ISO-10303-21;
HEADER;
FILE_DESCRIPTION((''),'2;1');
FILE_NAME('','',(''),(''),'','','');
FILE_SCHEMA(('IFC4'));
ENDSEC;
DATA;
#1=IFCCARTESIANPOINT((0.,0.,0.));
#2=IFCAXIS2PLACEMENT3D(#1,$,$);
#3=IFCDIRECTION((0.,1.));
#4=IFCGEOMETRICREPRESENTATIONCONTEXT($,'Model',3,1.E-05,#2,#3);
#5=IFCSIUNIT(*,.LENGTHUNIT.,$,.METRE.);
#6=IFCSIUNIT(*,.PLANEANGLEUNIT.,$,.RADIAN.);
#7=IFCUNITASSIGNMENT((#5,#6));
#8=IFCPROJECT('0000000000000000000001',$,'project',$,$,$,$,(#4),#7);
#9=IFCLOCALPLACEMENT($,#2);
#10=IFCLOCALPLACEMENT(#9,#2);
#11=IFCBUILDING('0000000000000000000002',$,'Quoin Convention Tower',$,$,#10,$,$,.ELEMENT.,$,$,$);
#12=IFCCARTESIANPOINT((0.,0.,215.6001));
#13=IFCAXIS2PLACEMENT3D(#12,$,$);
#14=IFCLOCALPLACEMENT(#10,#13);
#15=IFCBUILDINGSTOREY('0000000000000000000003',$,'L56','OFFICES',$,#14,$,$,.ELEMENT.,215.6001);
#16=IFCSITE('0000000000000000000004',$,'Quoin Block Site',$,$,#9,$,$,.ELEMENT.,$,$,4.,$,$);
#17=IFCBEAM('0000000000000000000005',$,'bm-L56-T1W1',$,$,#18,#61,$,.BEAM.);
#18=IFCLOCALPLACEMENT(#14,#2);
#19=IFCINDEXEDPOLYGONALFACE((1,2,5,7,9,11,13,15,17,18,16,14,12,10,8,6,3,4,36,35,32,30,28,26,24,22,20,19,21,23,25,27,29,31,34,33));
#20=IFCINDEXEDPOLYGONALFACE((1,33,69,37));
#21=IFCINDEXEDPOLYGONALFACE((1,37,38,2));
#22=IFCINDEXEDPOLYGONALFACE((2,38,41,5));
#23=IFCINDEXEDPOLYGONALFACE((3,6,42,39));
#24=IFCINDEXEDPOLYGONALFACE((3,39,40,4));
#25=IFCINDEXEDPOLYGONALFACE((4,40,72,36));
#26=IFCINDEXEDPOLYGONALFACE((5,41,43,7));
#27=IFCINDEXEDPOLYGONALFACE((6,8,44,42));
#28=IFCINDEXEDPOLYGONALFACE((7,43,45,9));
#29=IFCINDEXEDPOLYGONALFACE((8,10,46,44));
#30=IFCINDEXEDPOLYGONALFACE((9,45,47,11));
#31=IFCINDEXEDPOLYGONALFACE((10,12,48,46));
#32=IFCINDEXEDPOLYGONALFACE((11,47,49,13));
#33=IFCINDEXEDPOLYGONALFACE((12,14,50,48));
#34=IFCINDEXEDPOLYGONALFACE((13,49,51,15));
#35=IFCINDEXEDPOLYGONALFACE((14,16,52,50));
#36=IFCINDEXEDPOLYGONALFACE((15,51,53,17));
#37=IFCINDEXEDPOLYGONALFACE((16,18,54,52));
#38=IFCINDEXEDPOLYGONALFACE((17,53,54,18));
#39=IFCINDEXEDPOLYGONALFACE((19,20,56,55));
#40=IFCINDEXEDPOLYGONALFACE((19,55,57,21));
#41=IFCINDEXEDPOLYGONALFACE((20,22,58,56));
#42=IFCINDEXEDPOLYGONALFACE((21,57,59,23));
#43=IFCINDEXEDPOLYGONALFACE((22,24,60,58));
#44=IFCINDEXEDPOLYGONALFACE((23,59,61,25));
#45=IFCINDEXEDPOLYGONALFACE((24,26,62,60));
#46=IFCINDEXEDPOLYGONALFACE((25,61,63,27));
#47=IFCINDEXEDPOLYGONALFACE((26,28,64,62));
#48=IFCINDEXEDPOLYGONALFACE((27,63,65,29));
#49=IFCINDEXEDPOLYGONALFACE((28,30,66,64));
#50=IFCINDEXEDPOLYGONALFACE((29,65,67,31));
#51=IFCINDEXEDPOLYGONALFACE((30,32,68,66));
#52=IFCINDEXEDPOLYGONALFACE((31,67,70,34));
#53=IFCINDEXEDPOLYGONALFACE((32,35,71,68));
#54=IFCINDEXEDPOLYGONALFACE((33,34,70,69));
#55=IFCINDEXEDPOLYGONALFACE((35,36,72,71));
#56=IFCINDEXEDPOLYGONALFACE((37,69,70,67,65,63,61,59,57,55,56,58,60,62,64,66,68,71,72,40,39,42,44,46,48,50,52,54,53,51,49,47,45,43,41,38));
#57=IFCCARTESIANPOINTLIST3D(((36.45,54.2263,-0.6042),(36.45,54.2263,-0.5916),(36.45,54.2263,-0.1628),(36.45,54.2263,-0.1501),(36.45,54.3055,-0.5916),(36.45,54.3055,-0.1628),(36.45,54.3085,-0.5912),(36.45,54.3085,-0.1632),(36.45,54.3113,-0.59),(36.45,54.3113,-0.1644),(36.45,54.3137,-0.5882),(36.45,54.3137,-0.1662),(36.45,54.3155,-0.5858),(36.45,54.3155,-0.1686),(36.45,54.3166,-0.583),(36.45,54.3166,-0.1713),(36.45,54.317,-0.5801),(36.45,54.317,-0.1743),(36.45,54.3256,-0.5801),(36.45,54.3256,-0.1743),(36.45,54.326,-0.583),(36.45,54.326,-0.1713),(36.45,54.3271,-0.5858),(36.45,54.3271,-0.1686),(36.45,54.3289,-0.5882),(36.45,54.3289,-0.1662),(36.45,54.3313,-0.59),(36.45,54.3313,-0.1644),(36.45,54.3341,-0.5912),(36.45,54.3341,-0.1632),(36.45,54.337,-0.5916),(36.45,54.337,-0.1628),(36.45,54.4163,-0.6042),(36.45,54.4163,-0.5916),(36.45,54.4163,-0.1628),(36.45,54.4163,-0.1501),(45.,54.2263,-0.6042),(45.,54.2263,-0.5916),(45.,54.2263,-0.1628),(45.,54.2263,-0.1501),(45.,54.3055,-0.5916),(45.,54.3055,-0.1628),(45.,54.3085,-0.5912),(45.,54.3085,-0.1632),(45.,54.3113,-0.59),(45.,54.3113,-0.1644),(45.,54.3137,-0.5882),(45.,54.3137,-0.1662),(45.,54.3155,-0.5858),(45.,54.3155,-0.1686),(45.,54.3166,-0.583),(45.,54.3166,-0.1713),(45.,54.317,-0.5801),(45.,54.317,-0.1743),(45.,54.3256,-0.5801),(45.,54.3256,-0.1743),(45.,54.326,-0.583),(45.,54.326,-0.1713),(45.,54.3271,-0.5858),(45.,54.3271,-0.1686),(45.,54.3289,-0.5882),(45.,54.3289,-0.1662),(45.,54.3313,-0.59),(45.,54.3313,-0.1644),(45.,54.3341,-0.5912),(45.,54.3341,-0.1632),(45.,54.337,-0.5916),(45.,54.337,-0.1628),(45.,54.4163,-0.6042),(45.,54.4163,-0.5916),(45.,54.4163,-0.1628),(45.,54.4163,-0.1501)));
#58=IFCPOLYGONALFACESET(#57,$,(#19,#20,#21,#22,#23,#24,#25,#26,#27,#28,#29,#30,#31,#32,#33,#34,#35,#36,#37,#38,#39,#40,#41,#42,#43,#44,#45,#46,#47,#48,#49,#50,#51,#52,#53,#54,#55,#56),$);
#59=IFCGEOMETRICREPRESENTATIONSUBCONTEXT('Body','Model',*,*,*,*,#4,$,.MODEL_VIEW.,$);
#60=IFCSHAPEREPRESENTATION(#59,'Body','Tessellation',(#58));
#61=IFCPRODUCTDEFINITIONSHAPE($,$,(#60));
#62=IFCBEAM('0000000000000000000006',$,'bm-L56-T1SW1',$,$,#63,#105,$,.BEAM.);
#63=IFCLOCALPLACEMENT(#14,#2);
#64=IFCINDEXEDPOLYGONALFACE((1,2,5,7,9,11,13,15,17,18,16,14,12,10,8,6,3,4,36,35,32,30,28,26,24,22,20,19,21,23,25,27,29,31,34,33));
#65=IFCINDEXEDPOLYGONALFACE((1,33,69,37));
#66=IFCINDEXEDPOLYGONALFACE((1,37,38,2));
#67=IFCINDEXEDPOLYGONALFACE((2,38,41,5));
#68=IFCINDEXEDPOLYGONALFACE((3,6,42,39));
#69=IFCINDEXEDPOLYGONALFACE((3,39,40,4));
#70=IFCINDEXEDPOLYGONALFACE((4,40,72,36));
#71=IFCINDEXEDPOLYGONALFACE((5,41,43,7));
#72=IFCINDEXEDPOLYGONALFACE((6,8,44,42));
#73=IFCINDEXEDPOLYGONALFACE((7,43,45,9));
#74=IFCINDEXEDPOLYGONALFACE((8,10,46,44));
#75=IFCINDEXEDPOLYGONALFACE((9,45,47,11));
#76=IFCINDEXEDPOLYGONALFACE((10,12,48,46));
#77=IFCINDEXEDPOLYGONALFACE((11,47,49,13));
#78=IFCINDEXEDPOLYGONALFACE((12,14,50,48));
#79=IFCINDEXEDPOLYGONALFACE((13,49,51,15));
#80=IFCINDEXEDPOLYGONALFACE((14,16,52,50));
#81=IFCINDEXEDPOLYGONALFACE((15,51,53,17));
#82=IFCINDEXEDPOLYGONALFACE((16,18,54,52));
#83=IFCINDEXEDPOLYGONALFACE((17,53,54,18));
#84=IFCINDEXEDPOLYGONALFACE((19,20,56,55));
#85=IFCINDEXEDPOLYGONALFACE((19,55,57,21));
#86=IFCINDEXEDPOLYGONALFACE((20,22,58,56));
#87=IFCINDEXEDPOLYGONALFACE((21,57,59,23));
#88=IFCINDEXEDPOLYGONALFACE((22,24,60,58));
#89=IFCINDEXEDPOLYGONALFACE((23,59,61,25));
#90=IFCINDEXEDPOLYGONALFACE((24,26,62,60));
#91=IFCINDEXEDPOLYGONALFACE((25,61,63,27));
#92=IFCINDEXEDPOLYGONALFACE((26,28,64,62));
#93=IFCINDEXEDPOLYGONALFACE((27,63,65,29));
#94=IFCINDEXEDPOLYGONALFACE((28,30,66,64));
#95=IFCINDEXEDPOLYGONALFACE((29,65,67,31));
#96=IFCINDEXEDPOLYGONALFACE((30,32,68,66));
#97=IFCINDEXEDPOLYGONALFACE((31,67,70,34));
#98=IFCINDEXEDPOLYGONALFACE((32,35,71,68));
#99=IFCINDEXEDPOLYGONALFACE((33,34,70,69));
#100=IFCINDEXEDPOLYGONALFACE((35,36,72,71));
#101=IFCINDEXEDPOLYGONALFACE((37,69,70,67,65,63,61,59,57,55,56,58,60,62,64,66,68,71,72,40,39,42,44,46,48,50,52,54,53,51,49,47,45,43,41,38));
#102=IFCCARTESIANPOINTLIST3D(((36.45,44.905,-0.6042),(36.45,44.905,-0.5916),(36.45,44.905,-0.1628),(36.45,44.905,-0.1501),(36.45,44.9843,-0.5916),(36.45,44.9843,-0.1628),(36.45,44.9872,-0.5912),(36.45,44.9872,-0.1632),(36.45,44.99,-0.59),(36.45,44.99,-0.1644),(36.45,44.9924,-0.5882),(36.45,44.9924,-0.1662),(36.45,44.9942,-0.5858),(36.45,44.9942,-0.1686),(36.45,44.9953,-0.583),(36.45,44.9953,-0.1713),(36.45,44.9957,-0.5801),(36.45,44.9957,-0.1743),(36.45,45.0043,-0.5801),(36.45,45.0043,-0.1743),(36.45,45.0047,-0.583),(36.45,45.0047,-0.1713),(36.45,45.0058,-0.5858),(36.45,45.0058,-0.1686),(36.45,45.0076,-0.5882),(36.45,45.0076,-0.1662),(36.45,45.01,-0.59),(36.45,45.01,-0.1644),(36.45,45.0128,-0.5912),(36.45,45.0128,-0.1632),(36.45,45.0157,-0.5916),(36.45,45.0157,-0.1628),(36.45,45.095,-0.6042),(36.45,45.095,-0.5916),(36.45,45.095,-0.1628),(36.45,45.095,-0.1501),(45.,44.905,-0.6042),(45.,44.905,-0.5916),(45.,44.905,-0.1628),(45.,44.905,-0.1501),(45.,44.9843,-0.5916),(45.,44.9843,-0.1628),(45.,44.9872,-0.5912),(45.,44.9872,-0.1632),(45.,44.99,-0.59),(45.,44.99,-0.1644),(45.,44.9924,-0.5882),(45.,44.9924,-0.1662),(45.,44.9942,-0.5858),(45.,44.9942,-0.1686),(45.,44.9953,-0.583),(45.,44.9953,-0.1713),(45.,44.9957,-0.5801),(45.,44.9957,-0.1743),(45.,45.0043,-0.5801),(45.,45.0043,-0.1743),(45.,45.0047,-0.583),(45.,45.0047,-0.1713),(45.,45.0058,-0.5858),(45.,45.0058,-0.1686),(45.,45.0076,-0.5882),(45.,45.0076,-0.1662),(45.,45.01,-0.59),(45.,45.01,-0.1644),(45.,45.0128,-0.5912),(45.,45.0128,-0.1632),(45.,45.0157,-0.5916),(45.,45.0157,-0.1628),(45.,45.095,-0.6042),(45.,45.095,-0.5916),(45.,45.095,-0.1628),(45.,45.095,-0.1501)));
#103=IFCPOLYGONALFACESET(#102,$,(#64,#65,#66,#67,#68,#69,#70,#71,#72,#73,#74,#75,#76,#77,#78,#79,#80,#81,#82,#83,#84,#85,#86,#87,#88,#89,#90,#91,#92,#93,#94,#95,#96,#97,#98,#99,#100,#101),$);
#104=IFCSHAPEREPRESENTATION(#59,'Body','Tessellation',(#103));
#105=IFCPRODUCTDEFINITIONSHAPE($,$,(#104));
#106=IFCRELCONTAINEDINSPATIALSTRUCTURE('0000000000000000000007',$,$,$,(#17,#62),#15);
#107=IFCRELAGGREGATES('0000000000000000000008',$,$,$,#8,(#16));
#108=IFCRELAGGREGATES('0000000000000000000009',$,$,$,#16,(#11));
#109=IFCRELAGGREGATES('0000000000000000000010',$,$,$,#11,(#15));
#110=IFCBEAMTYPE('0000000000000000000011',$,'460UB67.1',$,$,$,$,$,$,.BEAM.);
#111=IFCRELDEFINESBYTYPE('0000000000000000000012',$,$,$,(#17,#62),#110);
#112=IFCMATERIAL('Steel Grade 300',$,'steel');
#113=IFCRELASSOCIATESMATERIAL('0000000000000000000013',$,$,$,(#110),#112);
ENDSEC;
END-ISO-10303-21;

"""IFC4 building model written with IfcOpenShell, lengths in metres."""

from ifc_helpers import new_model, si_unit, direction, frame, origin, origin_2d, place, context, subcontext, project, spatial, i_section, extrude, material, material_profile, profile_set, type_object, element, save


model = new_model("IFC4")

# Units and contexts
model_context = context("Model", 3, precision=1e-05, world=origin(), true_north=direction((0.0, 1.0)))
body_context = subcontext(model_context, "Body", "Model", "MODEL_VIEW")
ifc_project = project(units=[si_unit("LENGTHUNIT", "METRE"), si_unit("PLANEANGLEUNIT", "RADIAN")], contexts=[model_context])

# Site, building, storey
site_placement = place(None, origin())
site = spatial("IfcSite", under=ifc_project, at=site_placement, Name="Quoin Block Site", CompositionType="ELEMENT", RefElevation=4.0)
building_placement = place(site_placement, origin())
building = spatial("IfcBuilding", under=site, at=building_placement, Name="Quoin Convention Tower", CompositionType="ELEMENT")
storey_placement = place(building_placement, frame((0.0, 0.0, 215.6001)))
storey = spatial("IfcBuildingStorey", under=building, at=storey_placement, Name="L56", Description="OFFICES", CompositionType="ELEMENT", Elevation=215.6001)

# Beams
ifc_material_1 = material(Name="Steel Grade 300", Category="steel")
ifc_material_profile = material_profile(ifc_material_1, i_section(OverallWidth=0.1899, OverallDepth=0.4541, WebThickness=0.0085, FlangeThickness=0.0127, FilletRadius=0.0115, at=origin_2d()), Name="460UB67.1")
ifc_profile_set = profile_set([ifc_material_profile], Name="Steel Grade 300")
beam_type = type_object("IfcBeamType", Name="460UB67.1", PredefinedType="BEAM", material=ifc_profile_set)
for number, where, z_axis, x_axis, name in (
    (1, (36.45, 54.3213, -0.3772), (1.0, 0.0, 0.0), (0.0, 1.0, 0.0), "bm-L56-T1W1"),
    (2, (36.45, 45.0, -0.3772), (1.0, 0.0, 0.0), (0.0, 1.0, 0.0), "bm-L56-T1SW1"),
):
    element("IfcBeam", number, at=place(storey_placement, frame(where, z_axis=z_axis, x_axis=x_axis)), inside=storey, type_object=beam_type, Name=name, PredefinedType="BEAM", context=body_context, shape_type="SweptSolid", body=[
        extrude(i_section(OverallWidth=0.1899, OverallDepth=0.4541, WebThickness=0.0085, FlangeThickness=0.0127, FilletRadius=0.0115, at=origin_2d()), origin(), (0.0, 0.0, 1.0), 8.55),
    ])

save(model, "model.ifc")
